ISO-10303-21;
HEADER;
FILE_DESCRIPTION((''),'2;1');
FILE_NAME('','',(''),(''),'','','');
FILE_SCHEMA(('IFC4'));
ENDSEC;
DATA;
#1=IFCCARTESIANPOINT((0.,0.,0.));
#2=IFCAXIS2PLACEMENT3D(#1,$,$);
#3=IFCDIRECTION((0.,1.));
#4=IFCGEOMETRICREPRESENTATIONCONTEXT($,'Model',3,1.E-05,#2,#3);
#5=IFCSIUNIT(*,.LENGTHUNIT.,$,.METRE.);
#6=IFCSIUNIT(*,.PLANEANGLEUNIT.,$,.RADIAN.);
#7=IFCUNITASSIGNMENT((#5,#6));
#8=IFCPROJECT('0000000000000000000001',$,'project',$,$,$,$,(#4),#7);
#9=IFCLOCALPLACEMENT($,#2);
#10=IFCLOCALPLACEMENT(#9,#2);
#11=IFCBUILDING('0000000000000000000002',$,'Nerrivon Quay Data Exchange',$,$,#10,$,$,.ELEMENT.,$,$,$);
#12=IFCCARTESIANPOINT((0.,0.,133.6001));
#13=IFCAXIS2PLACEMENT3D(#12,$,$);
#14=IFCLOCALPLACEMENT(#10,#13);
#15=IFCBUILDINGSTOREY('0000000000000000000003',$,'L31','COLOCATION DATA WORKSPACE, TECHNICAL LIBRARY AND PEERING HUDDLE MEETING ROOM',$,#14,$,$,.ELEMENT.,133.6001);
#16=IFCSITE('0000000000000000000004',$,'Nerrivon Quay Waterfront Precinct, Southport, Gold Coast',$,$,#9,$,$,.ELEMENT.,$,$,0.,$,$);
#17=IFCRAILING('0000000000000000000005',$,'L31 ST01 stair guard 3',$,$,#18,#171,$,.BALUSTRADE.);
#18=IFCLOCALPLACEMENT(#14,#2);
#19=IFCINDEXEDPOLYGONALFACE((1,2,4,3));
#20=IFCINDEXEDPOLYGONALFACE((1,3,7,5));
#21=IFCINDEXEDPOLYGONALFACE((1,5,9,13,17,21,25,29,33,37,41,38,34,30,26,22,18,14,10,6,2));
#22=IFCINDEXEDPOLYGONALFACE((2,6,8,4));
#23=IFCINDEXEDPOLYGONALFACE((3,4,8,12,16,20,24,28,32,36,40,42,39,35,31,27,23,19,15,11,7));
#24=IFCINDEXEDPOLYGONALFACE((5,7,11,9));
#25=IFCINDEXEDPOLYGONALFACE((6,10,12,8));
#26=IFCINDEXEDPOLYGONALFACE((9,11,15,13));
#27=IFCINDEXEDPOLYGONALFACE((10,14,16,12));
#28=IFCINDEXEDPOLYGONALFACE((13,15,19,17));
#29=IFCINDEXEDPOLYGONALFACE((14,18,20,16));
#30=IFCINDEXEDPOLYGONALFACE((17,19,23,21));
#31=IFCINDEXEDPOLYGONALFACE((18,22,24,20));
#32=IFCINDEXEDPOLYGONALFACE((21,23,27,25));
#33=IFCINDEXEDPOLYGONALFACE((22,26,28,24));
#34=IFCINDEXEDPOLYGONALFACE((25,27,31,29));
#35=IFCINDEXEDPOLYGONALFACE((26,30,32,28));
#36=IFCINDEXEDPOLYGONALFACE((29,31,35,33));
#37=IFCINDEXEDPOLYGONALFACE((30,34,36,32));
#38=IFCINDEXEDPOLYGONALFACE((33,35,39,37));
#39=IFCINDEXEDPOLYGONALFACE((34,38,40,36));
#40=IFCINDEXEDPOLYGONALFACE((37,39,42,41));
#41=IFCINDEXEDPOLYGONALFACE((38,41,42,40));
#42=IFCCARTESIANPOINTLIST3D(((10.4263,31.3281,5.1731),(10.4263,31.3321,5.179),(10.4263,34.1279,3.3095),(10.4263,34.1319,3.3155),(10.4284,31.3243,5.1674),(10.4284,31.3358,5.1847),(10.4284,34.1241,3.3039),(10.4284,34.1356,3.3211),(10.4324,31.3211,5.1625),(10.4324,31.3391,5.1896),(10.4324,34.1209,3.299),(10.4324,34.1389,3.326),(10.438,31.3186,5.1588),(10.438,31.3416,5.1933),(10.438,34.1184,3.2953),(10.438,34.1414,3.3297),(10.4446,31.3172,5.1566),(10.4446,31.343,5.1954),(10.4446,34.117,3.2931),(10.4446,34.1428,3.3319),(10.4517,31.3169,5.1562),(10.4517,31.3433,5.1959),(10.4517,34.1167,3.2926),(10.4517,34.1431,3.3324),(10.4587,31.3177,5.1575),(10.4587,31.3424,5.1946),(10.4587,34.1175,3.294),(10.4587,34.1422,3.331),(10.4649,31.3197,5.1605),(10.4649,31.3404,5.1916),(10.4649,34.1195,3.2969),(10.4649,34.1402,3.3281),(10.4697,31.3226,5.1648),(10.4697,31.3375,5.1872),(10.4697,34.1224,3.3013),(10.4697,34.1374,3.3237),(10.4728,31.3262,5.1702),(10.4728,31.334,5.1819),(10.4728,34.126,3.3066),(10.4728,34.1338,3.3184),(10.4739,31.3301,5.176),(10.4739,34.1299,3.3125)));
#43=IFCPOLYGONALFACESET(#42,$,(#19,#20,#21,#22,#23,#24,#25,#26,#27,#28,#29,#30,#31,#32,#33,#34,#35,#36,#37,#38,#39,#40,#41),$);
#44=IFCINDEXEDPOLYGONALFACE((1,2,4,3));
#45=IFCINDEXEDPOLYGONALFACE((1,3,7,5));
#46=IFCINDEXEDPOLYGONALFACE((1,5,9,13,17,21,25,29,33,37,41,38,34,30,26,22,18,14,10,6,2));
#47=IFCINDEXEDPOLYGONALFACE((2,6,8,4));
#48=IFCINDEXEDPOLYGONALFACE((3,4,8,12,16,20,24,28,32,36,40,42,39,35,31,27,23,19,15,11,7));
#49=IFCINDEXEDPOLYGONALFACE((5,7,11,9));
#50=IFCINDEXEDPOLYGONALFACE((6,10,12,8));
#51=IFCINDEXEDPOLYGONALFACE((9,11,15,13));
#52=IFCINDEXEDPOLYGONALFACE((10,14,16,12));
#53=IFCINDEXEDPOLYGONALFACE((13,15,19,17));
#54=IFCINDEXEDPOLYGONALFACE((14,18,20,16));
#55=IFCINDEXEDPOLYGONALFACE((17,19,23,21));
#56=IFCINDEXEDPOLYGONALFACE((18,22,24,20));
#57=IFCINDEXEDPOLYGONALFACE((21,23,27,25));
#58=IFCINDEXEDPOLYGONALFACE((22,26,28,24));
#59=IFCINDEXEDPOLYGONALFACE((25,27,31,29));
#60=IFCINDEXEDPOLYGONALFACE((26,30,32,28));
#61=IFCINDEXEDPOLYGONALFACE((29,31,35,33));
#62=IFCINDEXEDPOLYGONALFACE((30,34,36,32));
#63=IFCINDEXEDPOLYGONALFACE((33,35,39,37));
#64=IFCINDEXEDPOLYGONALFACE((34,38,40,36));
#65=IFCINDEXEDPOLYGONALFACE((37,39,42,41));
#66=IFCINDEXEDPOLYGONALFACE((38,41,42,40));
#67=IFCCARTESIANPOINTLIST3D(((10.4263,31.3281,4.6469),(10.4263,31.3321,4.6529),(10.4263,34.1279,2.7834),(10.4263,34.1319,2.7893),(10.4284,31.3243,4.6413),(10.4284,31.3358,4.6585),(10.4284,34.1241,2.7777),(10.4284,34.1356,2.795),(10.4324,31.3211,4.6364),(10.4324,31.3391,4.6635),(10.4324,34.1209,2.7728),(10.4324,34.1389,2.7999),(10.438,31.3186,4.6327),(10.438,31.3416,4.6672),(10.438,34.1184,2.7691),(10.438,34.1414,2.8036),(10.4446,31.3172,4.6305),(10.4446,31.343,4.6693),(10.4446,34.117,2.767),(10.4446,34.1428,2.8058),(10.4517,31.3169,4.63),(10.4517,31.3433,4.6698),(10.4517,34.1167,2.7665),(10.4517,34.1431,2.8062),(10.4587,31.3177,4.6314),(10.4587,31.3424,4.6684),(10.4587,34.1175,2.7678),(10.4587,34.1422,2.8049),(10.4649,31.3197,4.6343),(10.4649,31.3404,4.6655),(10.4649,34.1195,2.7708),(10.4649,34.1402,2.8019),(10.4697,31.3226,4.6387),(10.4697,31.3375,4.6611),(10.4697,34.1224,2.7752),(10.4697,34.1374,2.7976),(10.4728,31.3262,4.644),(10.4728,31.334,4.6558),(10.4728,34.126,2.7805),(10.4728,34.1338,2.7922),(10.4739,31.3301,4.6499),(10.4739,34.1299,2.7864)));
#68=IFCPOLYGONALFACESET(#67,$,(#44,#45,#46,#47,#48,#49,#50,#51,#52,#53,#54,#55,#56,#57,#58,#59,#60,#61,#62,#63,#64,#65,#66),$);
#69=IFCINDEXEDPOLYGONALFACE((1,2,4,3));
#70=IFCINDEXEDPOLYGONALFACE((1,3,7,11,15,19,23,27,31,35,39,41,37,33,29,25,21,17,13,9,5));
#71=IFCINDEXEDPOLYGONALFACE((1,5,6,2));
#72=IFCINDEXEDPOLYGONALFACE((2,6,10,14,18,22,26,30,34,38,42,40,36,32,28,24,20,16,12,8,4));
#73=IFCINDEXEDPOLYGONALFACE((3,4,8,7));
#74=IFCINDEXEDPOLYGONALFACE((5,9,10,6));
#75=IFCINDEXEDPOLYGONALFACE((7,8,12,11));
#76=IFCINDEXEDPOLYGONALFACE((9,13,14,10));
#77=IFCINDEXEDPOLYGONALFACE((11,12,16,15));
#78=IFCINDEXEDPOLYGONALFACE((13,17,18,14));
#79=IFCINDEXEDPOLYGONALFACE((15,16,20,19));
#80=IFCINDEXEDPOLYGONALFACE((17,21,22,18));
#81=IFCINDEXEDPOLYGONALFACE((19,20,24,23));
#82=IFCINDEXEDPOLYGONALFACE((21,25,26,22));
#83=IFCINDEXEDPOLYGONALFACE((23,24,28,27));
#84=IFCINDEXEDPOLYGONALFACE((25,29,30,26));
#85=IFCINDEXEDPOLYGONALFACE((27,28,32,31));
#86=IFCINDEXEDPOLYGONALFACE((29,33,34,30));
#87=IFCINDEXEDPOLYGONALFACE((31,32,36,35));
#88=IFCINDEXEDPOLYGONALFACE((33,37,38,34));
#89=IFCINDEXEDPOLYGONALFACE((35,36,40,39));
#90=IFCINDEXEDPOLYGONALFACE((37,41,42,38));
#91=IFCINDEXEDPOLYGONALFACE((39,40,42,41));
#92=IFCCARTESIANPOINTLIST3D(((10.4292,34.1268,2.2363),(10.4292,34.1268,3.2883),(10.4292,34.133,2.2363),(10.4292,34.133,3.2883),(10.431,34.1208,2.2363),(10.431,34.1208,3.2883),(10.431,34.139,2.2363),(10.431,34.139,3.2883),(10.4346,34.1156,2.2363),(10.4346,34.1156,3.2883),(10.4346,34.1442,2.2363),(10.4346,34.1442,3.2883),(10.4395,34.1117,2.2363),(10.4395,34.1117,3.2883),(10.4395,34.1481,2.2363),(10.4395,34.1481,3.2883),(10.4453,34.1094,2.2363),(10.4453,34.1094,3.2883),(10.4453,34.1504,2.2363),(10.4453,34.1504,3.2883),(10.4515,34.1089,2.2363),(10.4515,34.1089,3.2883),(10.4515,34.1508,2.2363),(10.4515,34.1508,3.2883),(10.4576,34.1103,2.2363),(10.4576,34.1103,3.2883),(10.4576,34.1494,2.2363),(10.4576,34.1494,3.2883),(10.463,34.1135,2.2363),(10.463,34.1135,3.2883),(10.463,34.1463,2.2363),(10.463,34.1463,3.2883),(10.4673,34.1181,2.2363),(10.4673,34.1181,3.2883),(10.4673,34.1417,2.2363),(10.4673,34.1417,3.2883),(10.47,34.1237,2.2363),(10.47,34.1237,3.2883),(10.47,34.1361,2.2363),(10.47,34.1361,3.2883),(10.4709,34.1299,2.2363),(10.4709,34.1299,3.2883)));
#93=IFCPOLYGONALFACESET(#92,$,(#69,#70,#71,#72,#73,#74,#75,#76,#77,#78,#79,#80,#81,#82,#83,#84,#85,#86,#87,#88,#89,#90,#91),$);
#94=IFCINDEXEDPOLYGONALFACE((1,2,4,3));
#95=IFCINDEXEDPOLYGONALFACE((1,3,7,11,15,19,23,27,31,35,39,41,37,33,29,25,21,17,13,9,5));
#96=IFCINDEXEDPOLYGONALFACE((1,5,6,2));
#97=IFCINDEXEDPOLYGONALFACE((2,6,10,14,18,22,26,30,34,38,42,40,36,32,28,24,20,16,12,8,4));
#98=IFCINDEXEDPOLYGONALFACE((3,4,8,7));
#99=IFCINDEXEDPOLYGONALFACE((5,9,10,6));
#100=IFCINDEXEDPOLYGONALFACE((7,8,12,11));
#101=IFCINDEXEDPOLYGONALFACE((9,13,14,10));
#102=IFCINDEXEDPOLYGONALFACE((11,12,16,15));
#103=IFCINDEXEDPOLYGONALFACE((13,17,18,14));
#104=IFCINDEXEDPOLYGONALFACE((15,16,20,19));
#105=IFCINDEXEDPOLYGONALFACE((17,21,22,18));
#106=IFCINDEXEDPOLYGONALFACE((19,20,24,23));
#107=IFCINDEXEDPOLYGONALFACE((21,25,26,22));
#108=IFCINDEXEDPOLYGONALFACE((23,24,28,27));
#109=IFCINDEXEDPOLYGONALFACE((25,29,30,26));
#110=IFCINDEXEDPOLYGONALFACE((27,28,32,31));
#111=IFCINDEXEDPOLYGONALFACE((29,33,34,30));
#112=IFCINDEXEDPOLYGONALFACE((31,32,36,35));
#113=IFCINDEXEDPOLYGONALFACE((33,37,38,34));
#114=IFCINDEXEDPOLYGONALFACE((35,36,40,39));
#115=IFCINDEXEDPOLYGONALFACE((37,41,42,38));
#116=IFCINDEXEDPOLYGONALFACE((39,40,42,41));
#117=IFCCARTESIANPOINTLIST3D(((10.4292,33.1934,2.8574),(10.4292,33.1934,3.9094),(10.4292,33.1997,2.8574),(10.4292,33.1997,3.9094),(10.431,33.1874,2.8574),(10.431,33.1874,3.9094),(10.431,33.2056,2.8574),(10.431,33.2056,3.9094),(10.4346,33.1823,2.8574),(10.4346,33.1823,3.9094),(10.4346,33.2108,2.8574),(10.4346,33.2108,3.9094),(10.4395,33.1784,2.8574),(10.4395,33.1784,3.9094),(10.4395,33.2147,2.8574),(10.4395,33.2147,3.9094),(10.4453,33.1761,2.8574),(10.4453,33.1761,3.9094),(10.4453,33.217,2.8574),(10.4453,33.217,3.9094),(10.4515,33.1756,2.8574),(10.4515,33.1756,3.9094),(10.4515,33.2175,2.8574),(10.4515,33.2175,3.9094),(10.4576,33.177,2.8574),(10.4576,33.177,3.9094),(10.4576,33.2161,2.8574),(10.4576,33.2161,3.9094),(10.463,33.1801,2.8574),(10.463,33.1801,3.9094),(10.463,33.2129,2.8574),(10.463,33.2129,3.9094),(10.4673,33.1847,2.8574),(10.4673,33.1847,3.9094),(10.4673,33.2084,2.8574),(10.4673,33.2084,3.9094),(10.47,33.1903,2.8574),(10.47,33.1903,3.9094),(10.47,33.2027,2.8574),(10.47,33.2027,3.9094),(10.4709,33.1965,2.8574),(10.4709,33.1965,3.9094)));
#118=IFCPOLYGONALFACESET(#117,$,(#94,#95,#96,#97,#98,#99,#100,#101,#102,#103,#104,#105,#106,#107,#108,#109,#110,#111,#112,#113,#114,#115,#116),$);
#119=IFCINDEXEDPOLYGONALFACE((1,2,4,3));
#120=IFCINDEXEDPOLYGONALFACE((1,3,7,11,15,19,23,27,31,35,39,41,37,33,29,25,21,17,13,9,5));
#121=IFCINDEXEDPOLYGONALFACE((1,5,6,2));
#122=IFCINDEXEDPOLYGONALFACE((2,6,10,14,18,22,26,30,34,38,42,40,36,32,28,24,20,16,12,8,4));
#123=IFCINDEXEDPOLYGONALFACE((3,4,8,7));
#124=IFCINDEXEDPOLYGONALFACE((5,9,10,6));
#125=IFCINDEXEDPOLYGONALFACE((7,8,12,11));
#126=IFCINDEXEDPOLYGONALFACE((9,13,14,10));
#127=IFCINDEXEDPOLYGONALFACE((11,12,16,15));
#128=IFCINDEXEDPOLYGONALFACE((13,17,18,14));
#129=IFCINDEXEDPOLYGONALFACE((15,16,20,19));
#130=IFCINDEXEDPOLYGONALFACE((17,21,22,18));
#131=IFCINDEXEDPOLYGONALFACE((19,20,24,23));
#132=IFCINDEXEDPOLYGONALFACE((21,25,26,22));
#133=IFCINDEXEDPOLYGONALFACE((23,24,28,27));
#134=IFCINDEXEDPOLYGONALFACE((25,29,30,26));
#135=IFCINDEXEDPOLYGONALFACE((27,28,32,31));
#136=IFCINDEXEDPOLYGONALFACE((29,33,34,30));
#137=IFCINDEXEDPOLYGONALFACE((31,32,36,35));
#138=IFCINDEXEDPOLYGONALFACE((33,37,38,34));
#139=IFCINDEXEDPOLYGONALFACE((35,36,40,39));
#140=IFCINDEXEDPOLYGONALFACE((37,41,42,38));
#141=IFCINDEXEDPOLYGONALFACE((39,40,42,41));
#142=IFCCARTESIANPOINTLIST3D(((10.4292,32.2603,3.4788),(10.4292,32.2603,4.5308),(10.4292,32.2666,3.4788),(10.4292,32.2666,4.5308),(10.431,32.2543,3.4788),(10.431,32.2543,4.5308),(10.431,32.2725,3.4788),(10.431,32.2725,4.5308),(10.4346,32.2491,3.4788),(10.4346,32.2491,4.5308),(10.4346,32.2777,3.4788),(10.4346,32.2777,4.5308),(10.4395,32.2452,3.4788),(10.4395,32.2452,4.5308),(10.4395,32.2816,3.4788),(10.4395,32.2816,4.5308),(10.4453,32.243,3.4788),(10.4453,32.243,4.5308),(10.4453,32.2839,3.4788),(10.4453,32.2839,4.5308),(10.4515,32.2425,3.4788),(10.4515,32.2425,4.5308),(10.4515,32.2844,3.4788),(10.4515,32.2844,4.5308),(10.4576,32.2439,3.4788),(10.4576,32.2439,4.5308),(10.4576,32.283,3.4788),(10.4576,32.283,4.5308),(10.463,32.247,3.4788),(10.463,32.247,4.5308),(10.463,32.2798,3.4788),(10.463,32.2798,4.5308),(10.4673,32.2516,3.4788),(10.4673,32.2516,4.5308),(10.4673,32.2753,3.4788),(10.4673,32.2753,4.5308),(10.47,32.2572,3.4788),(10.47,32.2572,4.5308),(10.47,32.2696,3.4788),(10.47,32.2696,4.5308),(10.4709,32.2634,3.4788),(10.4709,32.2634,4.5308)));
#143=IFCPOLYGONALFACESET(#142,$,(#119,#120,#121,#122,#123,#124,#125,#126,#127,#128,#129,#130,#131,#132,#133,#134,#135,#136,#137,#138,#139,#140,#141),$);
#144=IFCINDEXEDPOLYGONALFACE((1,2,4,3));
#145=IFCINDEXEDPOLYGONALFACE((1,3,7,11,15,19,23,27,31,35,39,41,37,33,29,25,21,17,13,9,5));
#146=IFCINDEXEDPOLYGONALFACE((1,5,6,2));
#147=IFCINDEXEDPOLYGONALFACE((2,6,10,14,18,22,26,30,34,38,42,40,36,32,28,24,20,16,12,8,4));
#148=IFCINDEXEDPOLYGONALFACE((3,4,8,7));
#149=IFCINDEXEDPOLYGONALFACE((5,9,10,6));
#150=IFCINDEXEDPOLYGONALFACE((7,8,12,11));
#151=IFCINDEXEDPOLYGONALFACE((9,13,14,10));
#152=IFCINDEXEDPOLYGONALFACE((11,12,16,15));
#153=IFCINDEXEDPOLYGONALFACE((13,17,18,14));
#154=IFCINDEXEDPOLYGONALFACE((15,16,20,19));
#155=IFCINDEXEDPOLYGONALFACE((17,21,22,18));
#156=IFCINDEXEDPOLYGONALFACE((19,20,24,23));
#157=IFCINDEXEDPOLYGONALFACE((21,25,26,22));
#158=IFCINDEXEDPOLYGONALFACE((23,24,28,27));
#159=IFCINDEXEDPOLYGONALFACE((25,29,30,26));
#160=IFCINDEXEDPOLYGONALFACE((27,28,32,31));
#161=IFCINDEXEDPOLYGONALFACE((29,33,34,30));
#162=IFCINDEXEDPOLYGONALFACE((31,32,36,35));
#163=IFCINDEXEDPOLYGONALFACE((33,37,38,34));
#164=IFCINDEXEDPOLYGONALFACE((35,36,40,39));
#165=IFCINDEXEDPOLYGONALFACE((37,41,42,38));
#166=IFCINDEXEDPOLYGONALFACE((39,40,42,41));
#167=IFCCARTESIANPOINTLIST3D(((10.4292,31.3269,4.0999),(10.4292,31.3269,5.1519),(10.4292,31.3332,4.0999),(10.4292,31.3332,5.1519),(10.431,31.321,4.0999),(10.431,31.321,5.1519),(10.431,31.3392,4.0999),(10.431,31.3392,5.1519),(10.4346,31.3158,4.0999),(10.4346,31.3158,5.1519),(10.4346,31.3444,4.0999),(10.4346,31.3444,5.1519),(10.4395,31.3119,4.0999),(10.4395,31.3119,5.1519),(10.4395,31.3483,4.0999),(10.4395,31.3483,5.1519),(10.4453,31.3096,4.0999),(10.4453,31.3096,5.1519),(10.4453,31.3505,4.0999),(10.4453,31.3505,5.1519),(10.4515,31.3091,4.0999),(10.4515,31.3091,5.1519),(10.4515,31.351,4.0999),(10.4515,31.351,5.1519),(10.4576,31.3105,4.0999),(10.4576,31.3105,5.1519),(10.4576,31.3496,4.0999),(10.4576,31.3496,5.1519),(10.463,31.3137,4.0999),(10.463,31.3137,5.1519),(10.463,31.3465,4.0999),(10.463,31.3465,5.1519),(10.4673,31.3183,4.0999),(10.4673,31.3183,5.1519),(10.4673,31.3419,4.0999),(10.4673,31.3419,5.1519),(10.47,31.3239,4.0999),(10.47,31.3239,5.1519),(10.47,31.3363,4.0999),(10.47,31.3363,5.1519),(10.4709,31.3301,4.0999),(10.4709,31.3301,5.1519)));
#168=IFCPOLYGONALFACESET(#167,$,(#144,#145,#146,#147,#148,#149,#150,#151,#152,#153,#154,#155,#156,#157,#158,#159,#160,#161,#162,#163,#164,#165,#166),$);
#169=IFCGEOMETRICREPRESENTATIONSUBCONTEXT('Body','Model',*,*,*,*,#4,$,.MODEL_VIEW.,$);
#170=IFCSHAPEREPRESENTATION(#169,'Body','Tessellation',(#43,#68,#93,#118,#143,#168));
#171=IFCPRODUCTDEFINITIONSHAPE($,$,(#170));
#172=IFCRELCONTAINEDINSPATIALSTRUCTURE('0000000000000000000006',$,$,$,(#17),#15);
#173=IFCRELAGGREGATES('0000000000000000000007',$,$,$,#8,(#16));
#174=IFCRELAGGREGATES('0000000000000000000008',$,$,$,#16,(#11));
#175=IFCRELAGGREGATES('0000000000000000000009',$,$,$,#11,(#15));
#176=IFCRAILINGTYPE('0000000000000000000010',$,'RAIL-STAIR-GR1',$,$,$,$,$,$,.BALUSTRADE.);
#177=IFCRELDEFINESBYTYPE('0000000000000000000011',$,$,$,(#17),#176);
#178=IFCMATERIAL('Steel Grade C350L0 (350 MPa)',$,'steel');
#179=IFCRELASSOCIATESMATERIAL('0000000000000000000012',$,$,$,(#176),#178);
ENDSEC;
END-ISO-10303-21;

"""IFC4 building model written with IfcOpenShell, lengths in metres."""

from ifc_helpers import new_model, si_unit, direction, frame, origin, origin_2d, place, context, subcontext, project, spatial, circle, extrude, material, type_object, element, save


model = new_model("IFC4")

# Units and contexts
model_context = context("Model", 3, precision=1e-05, world=origin(), true_north=direction((0.0, 1.0)))
body_context = subcontext(model_context, "Body", "Model", "MODEL_VIEW")
ifc_project = project(units=[si_unit("LENGTHUNIT", "METRE"), si_unit("PLANEANGLEUNIT", "RADIAN")], contexts=[model_context])

# Site, building, storey
site_placement = place(None, origin())
site = spatial("IfcSite", under=ifc_project, at=site_placement, Name="Nerrivon Quay Waterfront Precinct, Southport, Gold Coast", CompositionType="ELEMENT", RefElevation=0.0)
building_placement = place(site_placement, origin())
building = spatial("IfcBuilding", under=site, at=building_placement, Name="Nerrivon Quay Data Exchange", CompositionType="ELEMENT")
storey_placement = place(building_placement, frame((0.0, 0.0, 133.6001)))
storey = spatial("IfcBuildingStorey", under=building, at=storey_placement, Name="L31", Description="COLOCATION DATA WORKSPACE, TECHNICAL LIBRARY AND PEERING HUDDLE MEETING ROOM", CompositionType="ELEMENT", Elevation=133.6001)

# Railing
ifc_material_1 = material(Name="Steel Grade C350L0 (350 MPa)", Category="steel")
railing_type_1 = type_object("IfcRailingType", Name="RAIL-STAIR-GR1", PredefinedType="BALUSTRADE", material=ifc_material_1)
railing_1_placement = place(storey_placement, frame((10.45, 34.1299, 2.2363)))
element("IfcRailing", 1, at=railing_1_placement, inside=storey, type_object=railing_type_1, Name="L31 ST01 stair guard 3", PredefinedType="BALUSTRADE", context=body_context, shape_type="SweptSolid", body=[
    extrude(circle(Radius=0.0239, at=origin_2d()), frame((0.0, 0.0, 1.0762), z_axis=(0.0, -0.832463, 0.55408), x_axis=(1.0, 0.0, 0.0)), (0.0, 0.0, 1.0), 3.3633),
    extrude(circle(Radius=0.0239, at=origin_2d()), frame((0.0, 0.0, 0.55), z_axis=(0.0, -0.832463, 0.55408), x_axis=(1.0, 0.0, 0.0)), (0.0, 0.0, 1.0), 3.3633),
    extrude(circle(Radius=0.021, at=origin_2d()), origin(), (0.0, 0.0, 1.0), 1.052),
    extrude(circle(Radius=0.021, at=origin_2d()), frame((0.0, -0.9333, 0.6211)), (0.0, 0.0, 1.0), 1.052),
    extrude(circle(Radius=0.021, at=origin_2d()), frame((0.0, -1.8665, 1.2424)), (0.0, 0.0, 1.0), 1.052),
    extrude(circle(Radius=0.021, at=origin_2d()), frame((0.0, -2.7998, 1.8635)), (0.0, 0.0, 1.0), 1.052),
])

save(model, "model.ifc")
